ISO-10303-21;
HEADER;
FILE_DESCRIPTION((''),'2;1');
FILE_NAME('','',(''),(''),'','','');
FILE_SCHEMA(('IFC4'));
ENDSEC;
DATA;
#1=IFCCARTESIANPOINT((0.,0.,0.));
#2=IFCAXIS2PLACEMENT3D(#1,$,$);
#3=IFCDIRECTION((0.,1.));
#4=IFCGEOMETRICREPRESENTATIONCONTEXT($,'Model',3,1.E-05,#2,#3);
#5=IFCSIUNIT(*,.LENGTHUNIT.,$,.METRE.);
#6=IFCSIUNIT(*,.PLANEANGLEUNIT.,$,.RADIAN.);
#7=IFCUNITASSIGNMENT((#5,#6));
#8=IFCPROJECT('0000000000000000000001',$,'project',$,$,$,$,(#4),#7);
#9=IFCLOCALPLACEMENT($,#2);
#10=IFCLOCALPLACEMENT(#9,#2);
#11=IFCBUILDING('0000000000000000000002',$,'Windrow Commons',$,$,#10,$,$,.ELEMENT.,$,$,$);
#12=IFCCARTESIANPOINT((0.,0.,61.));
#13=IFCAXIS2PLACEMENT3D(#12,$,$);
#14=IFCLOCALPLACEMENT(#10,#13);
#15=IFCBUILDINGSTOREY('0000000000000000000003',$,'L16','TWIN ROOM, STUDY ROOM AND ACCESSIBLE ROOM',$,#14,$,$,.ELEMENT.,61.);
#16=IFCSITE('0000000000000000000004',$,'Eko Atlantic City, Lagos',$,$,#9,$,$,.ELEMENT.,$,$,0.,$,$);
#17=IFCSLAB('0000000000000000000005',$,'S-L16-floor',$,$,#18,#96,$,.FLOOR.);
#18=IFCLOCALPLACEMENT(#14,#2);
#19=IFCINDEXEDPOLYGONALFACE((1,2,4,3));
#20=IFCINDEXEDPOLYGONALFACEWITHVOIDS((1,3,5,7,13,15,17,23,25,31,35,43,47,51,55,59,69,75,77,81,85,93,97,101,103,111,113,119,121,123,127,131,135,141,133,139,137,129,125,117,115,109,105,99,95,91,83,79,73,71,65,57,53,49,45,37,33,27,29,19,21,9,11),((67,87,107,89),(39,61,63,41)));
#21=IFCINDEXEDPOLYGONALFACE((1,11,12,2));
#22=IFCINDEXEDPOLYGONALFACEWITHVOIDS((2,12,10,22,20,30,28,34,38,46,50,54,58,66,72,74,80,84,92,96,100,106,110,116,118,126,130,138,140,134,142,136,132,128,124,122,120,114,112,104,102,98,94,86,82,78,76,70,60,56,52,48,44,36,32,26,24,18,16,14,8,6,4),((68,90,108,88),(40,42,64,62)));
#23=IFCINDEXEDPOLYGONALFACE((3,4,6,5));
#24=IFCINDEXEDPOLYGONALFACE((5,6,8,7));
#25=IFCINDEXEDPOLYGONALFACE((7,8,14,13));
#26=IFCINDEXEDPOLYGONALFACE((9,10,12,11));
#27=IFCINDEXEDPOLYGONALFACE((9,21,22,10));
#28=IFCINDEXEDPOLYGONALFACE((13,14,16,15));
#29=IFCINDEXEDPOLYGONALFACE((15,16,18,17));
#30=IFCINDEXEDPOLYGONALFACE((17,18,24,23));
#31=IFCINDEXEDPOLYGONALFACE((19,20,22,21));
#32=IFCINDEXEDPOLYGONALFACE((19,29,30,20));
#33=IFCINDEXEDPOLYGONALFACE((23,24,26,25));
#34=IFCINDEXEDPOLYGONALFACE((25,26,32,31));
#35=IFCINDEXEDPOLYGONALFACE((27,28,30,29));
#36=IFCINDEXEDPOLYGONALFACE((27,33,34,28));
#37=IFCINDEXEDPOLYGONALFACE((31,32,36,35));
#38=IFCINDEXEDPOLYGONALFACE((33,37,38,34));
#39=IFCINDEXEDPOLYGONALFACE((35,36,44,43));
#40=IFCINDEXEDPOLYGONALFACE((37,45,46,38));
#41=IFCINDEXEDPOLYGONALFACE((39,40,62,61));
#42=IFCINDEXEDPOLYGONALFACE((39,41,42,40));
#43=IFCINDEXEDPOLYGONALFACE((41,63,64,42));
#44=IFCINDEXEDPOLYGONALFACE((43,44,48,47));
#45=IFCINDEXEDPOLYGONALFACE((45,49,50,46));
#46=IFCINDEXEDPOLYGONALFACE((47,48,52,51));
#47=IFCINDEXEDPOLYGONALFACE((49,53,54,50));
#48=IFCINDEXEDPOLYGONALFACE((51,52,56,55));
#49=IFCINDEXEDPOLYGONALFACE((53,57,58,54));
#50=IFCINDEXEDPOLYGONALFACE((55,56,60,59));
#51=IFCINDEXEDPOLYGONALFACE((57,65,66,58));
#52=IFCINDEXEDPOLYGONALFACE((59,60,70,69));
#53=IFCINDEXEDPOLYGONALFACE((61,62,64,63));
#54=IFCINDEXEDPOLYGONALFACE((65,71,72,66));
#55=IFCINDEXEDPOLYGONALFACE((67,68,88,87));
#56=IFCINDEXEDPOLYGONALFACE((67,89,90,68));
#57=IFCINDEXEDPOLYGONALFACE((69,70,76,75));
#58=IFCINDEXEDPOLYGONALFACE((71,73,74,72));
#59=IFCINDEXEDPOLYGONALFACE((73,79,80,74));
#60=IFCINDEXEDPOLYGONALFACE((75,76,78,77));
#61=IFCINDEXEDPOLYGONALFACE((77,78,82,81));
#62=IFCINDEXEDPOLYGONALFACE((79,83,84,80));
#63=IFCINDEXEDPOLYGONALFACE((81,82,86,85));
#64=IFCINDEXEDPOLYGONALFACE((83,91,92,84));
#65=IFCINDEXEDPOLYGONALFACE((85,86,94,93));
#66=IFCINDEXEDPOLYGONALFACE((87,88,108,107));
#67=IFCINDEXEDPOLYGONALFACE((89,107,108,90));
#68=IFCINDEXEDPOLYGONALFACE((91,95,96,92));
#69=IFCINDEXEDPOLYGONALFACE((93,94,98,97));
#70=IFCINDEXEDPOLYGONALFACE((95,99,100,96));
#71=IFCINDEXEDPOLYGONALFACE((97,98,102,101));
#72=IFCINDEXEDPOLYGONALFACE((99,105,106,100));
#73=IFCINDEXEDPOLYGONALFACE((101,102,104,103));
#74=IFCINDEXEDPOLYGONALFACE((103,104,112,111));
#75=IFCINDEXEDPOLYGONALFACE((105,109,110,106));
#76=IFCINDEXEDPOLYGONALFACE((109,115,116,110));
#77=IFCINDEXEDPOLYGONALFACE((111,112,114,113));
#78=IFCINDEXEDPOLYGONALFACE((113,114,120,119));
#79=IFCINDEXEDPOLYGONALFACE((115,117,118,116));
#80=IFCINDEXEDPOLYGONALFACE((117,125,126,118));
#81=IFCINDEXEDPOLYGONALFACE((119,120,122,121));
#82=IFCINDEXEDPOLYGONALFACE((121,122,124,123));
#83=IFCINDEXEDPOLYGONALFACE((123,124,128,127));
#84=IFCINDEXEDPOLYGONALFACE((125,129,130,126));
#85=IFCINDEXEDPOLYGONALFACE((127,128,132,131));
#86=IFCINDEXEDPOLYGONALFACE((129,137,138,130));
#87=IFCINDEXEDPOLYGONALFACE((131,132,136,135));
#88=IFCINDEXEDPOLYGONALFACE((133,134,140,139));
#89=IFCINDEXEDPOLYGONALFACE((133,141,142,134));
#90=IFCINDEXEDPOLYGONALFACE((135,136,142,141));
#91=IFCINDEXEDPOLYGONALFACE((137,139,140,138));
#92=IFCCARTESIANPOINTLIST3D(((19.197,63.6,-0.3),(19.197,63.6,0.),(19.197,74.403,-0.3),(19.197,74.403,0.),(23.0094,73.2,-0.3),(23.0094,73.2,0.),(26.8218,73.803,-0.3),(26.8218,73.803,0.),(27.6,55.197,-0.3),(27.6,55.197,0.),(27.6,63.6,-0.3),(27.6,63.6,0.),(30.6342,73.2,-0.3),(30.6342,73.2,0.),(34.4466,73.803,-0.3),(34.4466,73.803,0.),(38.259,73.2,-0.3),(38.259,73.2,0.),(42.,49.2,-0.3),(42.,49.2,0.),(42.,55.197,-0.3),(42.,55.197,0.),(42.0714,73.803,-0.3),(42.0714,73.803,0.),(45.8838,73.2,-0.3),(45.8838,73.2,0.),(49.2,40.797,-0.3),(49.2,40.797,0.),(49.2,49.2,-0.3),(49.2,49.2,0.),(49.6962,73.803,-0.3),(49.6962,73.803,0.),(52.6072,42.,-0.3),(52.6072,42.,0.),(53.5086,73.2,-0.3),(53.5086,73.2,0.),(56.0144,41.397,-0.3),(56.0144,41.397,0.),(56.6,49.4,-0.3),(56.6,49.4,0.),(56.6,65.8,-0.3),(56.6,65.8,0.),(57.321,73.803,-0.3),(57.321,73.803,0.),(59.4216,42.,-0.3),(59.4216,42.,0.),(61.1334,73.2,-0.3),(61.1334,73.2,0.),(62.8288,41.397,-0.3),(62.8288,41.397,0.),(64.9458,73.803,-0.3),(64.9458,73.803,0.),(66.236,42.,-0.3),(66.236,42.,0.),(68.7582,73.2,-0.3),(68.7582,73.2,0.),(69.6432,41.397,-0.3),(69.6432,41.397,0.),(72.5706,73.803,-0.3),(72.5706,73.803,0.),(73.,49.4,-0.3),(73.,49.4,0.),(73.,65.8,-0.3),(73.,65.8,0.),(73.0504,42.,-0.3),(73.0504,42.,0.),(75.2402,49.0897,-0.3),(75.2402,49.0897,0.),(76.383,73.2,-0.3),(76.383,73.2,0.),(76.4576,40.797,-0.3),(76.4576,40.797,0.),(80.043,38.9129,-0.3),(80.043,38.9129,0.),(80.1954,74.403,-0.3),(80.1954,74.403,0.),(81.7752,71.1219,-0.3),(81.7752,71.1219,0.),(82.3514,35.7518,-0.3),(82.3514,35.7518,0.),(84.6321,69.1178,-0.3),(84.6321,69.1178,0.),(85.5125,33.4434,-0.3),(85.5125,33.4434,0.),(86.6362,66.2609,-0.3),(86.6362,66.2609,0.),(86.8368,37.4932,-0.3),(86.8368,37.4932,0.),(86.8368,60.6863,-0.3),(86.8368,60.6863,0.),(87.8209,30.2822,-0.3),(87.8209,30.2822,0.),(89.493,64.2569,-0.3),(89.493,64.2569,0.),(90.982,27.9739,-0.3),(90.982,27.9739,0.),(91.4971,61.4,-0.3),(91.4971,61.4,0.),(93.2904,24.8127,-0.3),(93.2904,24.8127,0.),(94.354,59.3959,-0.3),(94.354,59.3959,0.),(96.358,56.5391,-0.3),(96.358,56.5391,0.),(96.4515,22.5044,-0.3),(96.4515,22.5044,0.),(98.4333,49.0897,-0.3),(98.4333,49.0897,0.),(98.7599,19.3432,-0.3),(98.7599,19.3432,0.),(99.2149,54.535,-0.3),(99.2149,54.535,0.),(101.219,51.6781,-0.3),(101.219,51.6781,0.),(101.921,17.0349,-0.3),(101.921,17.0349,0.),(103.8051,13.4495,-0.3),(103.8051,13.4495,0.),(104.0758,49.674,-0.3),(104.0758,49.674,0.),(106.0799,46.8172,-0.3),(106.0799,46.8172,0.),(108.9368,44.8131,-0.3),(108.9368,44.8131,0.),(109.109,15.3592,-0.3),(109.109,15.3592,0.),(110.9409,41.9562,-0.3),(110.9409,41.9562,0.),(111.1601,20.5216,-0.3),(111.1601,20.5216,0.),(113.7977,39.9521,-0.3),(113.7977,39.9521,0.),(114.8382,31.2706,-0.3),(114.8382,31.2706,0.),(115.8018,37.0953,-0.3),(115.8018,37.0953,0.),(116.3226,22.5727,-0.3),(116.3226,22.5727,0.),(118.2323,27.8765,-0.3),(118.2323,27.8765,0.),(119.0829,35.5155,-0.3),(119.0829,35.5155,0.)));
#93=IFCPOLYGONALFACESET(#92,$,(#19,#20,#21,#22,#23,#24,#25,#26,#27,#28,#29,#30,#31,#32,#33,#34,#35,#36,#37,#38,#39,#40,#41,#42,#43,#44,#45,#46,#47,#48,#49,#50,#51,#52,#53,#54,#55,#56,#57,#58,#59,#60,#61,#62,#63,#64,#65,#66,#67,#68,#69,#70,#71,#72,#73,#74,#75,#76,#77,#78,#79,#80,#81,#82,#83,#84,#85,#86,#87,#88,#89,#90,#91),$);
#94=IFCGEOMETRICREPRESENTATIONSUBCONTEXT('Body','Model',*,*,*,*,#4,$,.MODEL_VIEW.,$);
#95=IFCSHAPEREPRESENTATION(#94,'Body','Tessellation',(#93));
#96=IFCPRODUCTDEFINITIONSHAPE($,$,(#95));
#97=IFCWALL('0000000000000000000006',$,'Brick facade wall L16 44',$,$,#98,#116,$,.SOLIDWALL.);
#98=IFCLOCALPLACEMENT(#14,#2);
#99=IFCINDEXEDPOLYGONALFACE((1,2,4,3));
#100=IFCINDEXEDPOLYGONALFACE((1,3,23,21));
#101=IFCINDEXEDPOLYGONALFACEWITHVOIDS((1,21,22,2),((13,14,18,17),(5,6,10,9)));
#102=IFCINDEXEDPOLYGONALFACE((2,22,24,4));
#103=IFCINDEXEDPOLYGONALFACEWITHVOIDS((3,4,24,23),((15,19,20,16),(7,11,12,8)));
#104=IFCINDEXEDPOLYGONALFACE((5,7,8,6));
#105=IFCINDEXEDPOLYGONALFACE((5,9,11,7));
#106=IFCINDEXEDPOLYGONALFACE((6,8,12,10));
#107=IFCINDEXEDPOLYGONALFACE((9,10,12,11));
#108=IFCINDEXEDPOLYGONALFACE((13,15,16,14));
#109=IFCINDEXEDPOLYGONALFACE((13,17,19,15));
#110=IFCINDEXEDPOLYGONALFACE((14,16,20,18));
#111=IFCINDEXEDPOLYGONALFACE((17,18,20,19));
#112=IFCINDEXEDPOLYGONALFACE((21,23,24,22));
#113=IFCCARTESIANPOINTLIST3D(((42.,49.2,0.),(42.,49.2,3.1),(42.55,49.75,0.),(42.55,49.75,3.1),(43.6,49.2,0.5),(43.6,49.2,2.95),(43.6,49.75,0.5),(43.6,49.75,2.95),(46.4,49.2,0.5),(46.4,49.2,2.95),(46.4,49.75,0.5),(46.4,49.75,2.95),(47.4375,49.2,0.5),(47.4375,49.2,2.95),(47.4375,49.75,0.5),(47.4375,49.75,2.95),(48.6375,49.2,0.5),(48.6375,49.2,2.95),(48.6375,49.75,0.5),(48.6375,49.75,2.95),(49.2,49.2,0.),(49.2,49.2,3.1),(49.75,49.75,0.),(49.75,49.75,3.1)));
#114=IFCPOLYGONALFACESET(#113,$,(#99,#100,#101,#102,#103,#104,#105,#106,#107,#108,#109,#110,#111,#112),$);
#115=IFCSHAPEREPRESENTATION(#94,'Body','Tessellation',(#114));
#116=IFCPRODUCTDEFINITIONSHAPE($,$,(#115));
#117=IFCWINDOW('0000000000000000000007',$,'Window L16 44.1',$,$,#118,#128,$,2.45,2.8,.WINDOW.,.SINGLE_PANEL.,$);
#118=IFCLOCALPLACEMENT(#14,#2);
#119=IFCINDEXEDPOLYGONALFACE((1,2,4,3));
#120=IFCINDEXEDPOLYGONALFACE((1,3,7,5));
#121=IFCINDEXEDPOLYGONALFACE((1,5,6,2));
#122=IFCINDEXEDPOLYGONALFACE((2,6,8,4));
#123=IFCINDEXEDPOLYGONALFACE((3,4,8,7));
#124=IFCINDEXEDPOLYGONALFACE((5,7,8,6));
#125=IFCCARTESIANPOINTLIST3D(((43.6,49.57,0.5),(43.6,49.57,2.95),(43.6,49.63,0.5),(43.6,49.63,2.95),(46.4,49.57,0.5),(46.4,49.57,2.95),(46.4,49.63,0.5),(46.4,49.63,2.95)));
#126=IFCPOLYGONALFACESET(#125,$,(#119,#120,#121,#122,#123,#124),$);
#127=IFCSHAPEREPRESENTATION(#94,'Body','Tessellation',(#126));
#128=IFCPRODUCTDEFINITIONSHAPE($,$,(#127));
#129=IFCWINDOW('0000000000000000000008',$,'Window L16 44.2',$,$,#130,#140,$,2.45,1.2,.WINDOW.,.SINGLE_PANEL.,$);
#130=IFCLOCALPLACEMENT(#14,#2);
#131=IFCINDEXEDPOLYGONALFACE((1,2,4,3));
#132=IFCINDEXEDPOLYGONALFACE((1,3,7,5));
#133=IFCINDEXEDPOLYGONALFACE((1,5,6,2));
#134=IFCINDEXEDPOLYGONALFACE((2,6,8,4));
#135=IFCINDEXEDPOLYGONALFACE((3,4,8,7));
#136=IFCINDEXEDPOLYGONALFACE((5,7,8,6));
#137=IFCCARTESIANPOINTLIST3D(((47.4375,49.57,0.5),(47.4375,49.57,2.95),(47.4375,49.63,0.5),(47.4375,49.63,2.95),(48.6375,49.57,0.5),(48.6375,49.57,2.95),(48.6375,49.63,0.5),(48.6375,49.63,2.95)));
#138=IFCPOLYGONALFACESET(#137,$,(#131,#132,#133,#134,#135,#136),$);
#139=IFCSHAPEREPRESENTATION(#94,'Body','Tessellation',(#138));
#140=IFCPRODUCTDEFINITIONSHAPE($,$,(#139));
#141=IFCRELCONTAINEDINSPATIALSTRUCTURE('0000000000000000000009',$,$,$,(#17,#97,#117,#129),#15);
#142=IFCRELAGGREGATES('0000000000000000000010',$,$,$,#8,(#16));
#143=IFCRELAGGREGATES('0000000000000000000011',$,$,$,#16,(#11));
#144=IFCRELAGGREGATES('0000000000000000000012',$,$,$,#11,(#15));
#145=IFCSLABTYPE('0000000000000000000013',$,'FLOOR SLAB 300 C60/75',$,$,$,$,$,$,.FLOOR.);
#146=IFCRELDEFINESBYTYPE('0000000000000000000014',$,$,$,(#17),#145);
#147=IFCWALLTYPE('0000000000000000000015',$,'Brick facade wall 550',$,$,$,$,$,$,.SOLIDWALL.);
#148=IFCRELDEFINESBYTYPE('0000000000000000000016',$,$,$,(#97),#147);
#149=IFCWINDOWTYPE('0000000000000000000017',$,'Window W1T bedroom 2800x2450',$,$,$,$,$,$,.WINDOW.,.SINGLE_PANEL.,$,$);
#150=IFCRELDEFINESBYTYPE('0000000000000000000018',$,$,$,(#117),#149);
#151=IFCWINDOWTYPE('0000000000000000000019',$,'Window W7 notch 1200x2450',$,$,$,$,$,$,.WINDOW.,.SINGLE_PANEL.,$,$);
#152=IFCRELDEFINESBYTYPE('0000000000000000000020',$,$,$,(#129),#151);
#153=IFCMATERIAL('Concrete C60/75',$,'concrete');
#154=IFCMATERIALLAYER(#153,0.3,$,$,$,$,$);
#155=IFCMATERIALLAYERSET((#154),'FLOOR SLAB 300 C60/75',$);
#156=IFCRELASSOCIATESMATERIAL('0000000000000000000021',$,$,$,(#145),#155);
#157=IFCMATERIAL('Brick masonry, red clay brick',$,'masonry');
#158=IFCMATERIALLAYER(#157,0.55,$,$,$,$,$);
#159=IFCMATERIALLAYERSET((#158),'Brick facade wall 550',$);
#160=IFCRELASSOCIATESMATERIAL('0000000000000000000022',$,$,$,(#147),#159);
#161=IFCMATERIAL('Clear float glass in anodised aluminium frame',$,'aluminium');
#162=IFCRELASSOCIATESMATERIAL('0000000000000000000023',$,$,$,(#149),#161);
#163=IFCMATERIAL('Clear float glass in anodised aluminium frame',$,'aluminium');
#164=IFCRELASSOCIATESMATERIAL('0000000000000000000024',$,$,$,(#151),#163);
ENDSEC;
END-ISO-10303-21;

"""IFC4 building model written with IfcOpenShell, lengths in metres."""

from ifc_helpers import new_model, si_unit, direction, frame, frame_2d, origin, place, context, subcontext, project, spatial, polyline, rectangle, outline, extrude, material, layer, layer_set, type_object, element, fill, save


model = new_model("IFC4")

# Units and contexts
model_context = context("Model", 3, precision=1e-05, world=origin(), true_north=direction((0.0, 1.0)))
body_context = subcontext(model_context, "Body", "Model", "MODEL_VIEW")
ifc_project = project(units=[si_unit("LENGTHUNIT", "METRE"), si_unit("PLANEANGLEUNIT", "RADIAN")], contexts=[model_context])

# Site, building, storey
site_placement = place(None, origin())
site = spatial("IfcSite", under=ifc_project, at=site_placement, Name="Eko Atlantic City, Lagos", CompositionType="ELEMENT", RefElevation=0.0)
building_placement = place(site_placement, origin())
building = spatial("IfcBuilding", under=site, at=building_placement, Name="Windrow Commons", CompositionType="ELEMENT")
storey_placement = place(building_placement, frame((0.0, 0.0, 61.0)))
storey = spatial("IfcBuildingStorey", under=building, at=storey_placement, Name="L16", Description="TWIN ROOM, STUDY ROOM AND ACCESSIBLE ROOM", CompositionType="ELEMENT", Elevation=61.0)

# Shared definitions
placement_1 = place(storey_placement, frame((0.0, 0.0, -0.3)))

# Slab, openings
ifc_material_1 = material(Name="Concrete C60/75", Category="concrete")
ifc_layer_1 = layer(ifc_material_1, 0.3)
ifc_layer_set_1 = layer_set([ifc_layer_1], Name="FLOOR SLAB 300 C60/75")
slab_type_1 = type_object("IfcSlabType", Name="FLOOR SLAB 300 C60/75", PredefinedType="FLOOR", material=ifc_layer_set_1)
slab_1 = element("IfcSlab", 1, at=placement_1, inside=storey, type_object=slab_type_1, Name="S-L16-floor", PredefinedType="FLOOR", context=body_context, shape_type="SweptSolid", body=[
    extrude(outline(polyline([(101.921, 17.0349), (103.8051, 13.4495), (109.109, 15.3592), (111.1601, 20.5216), (116.3226, 22.5727), (118.2323, 27.8765), (114.8382, 31.2706), (119.0829, 35.5155), (115.8018, 37.0953), (113.7977, 39.9521), (110.9409, 41.9562), (108.9368, 44.8131), (106.0799, 46.8172), (104.0758, 49.674), (101.219, 51.6781), (99.2149, 54.535), (96.358, 56.5391), (94.354, 59.3959), (91.4971, 61.4), (89.493, 64.2569), (86.6362, 66.2609), (84.6321, 69.1178), (81.7752, 71.1219), (80.1954, 74.403), (76.383, 73.2), (72.5706, 73.803), (68.7582, 73.2), (64.9458, 73.803), (61.1334, 73.2), (57.321, 73.803), (53.5086, 73.2), (49.6962, 73.803), (45.8838, 73.2), (42.0714, 73.803), (38.259, 73.2), (34.4466, 73.803), (30.6342, 73.2), (26.8218, 73.803), (23.0094, 73.2), (19.197, 74.403), (19.197, 63.6), (27.6, 63.6), (27.6, 55.197), (42.0, 55.197), (42.0, 49.2), (49.2, 49.2), (49.2, 40.797), (52.6072, 42.0), (56.0144, 41.397), (59.4216, 42.0), (62.8288, 41.397), (66.236, 42.0), (69.6432, 41.397), (73.0504, 42.0), (76.4576, 40.797), (80.043, 38.9129), (82.3514, 35.7518), (85.5125, 33.4434), (87.8209, 30.2822), (90.982, 27.9739), (93.2904, 24.8127), (96.4515, 22.5044), (98.7599, 19.3432), (101.921, 17.0349)]), holes=[polyline([(75.2402, 49.0897), (86.8368, 60.6863), (98.4333, 49.0897), (86.8368, 37.4932), (75.2402, 49.0897)]), polyline([(56.6, 49.4), (56.6, 65.8), (73.0, 65.8), (73.0, 49.4), (56.6, 49.4)])]), origin(), (0.0, 0.0, 1.0), 0.3),
])
opening_1_placement = place(placement_1, origin())
element("IfcOpeningElement", 2, at=opening_1_placement, cuts=slab_1, PredefinedType="OPENING", context=body_context, shape_type="SweptSolid", body=[
    extrude(outline(polyline([(75.2473, 49.0897), (86.8368, 60.6792), (98.4262, 49.0897), (86.8368, 37.5003), (75.2473, 49.0897)])), origin(), (0.0, 0.0, 1.0), 0.3),
])
opening_2_placement = place(placement_1, origin())
element("IfcOpeningElement", 3, at=opening_2_placement, cuts=slab_1, PredefinedType="OPENING", context=body_context, shape_type="SweptSolid", body=[
    extrude(outline(polyline([(56.605, 49.405), (56.605, 65.795), (72.995, 65.795), (72.995, 49.405), (56.605, 49.405)])), origin(), (0.0, 0.0, 1.0), 0.3),
])

# Wall, openings, windows
ifc_material_2 = material(Name="Brick masonry, red clay brick", Category="masonry")
ifc_layer_2 = layer(ifc_material_2, 0.55)
ifc_layer_set_2 = layer_set([ifc_layer_2], Name="Brick facade wall 550")
wall_type_1 = type_object("IfcWallType", Name="Brick facade wall 550", PredefinedType="SOLIDWALL", material=ifc_layer_set_2)
wall_1_placement = place(storey_placement, frame((42.275, 49.475, 0.0), z_axis=(0.0, 0.0, 1.0), x_axis=(1.0, 0.0, 0.0)))
wall_1 = element("IfcWall", 4, at=wall_1_placement, inside=storey, type_object=wall_type_1, Name="Brick facade wall L16 44", PredefinedType="SOLIDWALL", context=body_context, shape_type="SweptSolid", body=[
    extrude(outline(polyline([(-0.275, -0.275), (6.925, -0.275), (7.475, 0.275), (0.275, 0.275), (-0.275, -0.275)])), origin(), (0.0, 0.0, 1.0), 3.1),
])
opening_3_placement = place(wall_1_placement, frame((1.325, 0.0, 0.5)))
opening_3 = element("IfcOpeningElement", 5, at=opening_3_placement, cuts=wall_1, PredefinedType="OPENING", context=body_context, shape_type="SweptSolid", body=[
    extrude(rectangle(XDim=2.8, YDim=2.45, at=frame_2d((1.4, 1.225))), frame((0.0, 0.285, 0.0), z_axis=(0.0, -1.0, 0.0), x_axis=(1.0, 0.0, 0.0)), (0.0, 0.0, 1.0), 0.57),
])
opening_4_placement = place(wall_1_placement, frame((5.1625, 0.0, 0.5)))
opening_4 = element("IfcOpeningElement", 6, at=opening_4_placement, cuts=wall_1, PredefinedType="OPENING", context=body_context, shape_type="SweptSolid", body=[
    extrude(rectangle(XDim=1.2, YDim=2.45, at=frame_2d((0.6, 1.225))), frame((0.0, 0.285, 0.0), z_axis=(0.0, -1.0, 0.0), x_axis=(1.0, 0.0, 0.0)), (0.0, 0.0, 1.0), 0.57),
])
ifc_material_3 = material(Name="Clear float glass in anodised aluminium frame", Category="aluminium")
window_type_1 = type_object("IfcWindowType", Name="Window W1T bedroom 2800x2450", PartitioningType="SINGLE_PANEL", PredefinedType="WINDOW", material=ifc_material_3)
window_1_placement = place(opening_3_placement, origin())
window_1 = element("IfcWindow", 7, at=window_1_placement, inside=storey, type_object=window_type_1, Name="Window L16 44.1", OverallHeight=2.45, OverallWidth=2.8, PartitioningType="SINGLE_PANEL", PredefinedType="WINDOW", context=body_context, shape_type="SweptSolid", body=[
    extrude(rectangle(XDim=2.8, YDim=2.45, at=frame_2d((1.4, 1.225))), frame((0.0, 0.155, 0.0), z_axis=(0.0, -1.0, 0.0), x_axis=(1.0, 0.0, 0.0)), (0.0, 0.0, 1.0), 0.06),
])
fill(opening_3, window_1)
ifc_material_4 = material(Name="Clear float glass in anodised aluminium frame", Category="aluminium")
window_type_2 = type_object("IfcWindowType", Name="Window W7 notch 1200x2450", PartitioningType="SINGLE_PANEL", PredefinedType="WINDOW", material=ifc_material_4)
window_2_placement = place(opening_4_placement, origin())
window_2 = element("IfcWindow", 8, at=window_2_placement, inside=storey, type_object=window_type_2, Name="Window L16 44.2", OverallHeight=2.45, OverallWidth=1.2, PartitioningType="SINGLE_PANEL", PredefinedType="WINDOW", context=body_context, shape_type="SweptSolid", body=[
    extrude(rectangle(XDim=1.2, YDim=2.45, at=frame_2d((0.6, 1.225))), frame((0.0, 0.155, 0.0), z_axis=(0.0, -1.0, 0.0), x_axis=(1.0, 0.0, 0.0)), (0.0, 0.0, 1.0), 0.06),
])
fill(opening_4, window_2)

save(model, "model.ifc")
